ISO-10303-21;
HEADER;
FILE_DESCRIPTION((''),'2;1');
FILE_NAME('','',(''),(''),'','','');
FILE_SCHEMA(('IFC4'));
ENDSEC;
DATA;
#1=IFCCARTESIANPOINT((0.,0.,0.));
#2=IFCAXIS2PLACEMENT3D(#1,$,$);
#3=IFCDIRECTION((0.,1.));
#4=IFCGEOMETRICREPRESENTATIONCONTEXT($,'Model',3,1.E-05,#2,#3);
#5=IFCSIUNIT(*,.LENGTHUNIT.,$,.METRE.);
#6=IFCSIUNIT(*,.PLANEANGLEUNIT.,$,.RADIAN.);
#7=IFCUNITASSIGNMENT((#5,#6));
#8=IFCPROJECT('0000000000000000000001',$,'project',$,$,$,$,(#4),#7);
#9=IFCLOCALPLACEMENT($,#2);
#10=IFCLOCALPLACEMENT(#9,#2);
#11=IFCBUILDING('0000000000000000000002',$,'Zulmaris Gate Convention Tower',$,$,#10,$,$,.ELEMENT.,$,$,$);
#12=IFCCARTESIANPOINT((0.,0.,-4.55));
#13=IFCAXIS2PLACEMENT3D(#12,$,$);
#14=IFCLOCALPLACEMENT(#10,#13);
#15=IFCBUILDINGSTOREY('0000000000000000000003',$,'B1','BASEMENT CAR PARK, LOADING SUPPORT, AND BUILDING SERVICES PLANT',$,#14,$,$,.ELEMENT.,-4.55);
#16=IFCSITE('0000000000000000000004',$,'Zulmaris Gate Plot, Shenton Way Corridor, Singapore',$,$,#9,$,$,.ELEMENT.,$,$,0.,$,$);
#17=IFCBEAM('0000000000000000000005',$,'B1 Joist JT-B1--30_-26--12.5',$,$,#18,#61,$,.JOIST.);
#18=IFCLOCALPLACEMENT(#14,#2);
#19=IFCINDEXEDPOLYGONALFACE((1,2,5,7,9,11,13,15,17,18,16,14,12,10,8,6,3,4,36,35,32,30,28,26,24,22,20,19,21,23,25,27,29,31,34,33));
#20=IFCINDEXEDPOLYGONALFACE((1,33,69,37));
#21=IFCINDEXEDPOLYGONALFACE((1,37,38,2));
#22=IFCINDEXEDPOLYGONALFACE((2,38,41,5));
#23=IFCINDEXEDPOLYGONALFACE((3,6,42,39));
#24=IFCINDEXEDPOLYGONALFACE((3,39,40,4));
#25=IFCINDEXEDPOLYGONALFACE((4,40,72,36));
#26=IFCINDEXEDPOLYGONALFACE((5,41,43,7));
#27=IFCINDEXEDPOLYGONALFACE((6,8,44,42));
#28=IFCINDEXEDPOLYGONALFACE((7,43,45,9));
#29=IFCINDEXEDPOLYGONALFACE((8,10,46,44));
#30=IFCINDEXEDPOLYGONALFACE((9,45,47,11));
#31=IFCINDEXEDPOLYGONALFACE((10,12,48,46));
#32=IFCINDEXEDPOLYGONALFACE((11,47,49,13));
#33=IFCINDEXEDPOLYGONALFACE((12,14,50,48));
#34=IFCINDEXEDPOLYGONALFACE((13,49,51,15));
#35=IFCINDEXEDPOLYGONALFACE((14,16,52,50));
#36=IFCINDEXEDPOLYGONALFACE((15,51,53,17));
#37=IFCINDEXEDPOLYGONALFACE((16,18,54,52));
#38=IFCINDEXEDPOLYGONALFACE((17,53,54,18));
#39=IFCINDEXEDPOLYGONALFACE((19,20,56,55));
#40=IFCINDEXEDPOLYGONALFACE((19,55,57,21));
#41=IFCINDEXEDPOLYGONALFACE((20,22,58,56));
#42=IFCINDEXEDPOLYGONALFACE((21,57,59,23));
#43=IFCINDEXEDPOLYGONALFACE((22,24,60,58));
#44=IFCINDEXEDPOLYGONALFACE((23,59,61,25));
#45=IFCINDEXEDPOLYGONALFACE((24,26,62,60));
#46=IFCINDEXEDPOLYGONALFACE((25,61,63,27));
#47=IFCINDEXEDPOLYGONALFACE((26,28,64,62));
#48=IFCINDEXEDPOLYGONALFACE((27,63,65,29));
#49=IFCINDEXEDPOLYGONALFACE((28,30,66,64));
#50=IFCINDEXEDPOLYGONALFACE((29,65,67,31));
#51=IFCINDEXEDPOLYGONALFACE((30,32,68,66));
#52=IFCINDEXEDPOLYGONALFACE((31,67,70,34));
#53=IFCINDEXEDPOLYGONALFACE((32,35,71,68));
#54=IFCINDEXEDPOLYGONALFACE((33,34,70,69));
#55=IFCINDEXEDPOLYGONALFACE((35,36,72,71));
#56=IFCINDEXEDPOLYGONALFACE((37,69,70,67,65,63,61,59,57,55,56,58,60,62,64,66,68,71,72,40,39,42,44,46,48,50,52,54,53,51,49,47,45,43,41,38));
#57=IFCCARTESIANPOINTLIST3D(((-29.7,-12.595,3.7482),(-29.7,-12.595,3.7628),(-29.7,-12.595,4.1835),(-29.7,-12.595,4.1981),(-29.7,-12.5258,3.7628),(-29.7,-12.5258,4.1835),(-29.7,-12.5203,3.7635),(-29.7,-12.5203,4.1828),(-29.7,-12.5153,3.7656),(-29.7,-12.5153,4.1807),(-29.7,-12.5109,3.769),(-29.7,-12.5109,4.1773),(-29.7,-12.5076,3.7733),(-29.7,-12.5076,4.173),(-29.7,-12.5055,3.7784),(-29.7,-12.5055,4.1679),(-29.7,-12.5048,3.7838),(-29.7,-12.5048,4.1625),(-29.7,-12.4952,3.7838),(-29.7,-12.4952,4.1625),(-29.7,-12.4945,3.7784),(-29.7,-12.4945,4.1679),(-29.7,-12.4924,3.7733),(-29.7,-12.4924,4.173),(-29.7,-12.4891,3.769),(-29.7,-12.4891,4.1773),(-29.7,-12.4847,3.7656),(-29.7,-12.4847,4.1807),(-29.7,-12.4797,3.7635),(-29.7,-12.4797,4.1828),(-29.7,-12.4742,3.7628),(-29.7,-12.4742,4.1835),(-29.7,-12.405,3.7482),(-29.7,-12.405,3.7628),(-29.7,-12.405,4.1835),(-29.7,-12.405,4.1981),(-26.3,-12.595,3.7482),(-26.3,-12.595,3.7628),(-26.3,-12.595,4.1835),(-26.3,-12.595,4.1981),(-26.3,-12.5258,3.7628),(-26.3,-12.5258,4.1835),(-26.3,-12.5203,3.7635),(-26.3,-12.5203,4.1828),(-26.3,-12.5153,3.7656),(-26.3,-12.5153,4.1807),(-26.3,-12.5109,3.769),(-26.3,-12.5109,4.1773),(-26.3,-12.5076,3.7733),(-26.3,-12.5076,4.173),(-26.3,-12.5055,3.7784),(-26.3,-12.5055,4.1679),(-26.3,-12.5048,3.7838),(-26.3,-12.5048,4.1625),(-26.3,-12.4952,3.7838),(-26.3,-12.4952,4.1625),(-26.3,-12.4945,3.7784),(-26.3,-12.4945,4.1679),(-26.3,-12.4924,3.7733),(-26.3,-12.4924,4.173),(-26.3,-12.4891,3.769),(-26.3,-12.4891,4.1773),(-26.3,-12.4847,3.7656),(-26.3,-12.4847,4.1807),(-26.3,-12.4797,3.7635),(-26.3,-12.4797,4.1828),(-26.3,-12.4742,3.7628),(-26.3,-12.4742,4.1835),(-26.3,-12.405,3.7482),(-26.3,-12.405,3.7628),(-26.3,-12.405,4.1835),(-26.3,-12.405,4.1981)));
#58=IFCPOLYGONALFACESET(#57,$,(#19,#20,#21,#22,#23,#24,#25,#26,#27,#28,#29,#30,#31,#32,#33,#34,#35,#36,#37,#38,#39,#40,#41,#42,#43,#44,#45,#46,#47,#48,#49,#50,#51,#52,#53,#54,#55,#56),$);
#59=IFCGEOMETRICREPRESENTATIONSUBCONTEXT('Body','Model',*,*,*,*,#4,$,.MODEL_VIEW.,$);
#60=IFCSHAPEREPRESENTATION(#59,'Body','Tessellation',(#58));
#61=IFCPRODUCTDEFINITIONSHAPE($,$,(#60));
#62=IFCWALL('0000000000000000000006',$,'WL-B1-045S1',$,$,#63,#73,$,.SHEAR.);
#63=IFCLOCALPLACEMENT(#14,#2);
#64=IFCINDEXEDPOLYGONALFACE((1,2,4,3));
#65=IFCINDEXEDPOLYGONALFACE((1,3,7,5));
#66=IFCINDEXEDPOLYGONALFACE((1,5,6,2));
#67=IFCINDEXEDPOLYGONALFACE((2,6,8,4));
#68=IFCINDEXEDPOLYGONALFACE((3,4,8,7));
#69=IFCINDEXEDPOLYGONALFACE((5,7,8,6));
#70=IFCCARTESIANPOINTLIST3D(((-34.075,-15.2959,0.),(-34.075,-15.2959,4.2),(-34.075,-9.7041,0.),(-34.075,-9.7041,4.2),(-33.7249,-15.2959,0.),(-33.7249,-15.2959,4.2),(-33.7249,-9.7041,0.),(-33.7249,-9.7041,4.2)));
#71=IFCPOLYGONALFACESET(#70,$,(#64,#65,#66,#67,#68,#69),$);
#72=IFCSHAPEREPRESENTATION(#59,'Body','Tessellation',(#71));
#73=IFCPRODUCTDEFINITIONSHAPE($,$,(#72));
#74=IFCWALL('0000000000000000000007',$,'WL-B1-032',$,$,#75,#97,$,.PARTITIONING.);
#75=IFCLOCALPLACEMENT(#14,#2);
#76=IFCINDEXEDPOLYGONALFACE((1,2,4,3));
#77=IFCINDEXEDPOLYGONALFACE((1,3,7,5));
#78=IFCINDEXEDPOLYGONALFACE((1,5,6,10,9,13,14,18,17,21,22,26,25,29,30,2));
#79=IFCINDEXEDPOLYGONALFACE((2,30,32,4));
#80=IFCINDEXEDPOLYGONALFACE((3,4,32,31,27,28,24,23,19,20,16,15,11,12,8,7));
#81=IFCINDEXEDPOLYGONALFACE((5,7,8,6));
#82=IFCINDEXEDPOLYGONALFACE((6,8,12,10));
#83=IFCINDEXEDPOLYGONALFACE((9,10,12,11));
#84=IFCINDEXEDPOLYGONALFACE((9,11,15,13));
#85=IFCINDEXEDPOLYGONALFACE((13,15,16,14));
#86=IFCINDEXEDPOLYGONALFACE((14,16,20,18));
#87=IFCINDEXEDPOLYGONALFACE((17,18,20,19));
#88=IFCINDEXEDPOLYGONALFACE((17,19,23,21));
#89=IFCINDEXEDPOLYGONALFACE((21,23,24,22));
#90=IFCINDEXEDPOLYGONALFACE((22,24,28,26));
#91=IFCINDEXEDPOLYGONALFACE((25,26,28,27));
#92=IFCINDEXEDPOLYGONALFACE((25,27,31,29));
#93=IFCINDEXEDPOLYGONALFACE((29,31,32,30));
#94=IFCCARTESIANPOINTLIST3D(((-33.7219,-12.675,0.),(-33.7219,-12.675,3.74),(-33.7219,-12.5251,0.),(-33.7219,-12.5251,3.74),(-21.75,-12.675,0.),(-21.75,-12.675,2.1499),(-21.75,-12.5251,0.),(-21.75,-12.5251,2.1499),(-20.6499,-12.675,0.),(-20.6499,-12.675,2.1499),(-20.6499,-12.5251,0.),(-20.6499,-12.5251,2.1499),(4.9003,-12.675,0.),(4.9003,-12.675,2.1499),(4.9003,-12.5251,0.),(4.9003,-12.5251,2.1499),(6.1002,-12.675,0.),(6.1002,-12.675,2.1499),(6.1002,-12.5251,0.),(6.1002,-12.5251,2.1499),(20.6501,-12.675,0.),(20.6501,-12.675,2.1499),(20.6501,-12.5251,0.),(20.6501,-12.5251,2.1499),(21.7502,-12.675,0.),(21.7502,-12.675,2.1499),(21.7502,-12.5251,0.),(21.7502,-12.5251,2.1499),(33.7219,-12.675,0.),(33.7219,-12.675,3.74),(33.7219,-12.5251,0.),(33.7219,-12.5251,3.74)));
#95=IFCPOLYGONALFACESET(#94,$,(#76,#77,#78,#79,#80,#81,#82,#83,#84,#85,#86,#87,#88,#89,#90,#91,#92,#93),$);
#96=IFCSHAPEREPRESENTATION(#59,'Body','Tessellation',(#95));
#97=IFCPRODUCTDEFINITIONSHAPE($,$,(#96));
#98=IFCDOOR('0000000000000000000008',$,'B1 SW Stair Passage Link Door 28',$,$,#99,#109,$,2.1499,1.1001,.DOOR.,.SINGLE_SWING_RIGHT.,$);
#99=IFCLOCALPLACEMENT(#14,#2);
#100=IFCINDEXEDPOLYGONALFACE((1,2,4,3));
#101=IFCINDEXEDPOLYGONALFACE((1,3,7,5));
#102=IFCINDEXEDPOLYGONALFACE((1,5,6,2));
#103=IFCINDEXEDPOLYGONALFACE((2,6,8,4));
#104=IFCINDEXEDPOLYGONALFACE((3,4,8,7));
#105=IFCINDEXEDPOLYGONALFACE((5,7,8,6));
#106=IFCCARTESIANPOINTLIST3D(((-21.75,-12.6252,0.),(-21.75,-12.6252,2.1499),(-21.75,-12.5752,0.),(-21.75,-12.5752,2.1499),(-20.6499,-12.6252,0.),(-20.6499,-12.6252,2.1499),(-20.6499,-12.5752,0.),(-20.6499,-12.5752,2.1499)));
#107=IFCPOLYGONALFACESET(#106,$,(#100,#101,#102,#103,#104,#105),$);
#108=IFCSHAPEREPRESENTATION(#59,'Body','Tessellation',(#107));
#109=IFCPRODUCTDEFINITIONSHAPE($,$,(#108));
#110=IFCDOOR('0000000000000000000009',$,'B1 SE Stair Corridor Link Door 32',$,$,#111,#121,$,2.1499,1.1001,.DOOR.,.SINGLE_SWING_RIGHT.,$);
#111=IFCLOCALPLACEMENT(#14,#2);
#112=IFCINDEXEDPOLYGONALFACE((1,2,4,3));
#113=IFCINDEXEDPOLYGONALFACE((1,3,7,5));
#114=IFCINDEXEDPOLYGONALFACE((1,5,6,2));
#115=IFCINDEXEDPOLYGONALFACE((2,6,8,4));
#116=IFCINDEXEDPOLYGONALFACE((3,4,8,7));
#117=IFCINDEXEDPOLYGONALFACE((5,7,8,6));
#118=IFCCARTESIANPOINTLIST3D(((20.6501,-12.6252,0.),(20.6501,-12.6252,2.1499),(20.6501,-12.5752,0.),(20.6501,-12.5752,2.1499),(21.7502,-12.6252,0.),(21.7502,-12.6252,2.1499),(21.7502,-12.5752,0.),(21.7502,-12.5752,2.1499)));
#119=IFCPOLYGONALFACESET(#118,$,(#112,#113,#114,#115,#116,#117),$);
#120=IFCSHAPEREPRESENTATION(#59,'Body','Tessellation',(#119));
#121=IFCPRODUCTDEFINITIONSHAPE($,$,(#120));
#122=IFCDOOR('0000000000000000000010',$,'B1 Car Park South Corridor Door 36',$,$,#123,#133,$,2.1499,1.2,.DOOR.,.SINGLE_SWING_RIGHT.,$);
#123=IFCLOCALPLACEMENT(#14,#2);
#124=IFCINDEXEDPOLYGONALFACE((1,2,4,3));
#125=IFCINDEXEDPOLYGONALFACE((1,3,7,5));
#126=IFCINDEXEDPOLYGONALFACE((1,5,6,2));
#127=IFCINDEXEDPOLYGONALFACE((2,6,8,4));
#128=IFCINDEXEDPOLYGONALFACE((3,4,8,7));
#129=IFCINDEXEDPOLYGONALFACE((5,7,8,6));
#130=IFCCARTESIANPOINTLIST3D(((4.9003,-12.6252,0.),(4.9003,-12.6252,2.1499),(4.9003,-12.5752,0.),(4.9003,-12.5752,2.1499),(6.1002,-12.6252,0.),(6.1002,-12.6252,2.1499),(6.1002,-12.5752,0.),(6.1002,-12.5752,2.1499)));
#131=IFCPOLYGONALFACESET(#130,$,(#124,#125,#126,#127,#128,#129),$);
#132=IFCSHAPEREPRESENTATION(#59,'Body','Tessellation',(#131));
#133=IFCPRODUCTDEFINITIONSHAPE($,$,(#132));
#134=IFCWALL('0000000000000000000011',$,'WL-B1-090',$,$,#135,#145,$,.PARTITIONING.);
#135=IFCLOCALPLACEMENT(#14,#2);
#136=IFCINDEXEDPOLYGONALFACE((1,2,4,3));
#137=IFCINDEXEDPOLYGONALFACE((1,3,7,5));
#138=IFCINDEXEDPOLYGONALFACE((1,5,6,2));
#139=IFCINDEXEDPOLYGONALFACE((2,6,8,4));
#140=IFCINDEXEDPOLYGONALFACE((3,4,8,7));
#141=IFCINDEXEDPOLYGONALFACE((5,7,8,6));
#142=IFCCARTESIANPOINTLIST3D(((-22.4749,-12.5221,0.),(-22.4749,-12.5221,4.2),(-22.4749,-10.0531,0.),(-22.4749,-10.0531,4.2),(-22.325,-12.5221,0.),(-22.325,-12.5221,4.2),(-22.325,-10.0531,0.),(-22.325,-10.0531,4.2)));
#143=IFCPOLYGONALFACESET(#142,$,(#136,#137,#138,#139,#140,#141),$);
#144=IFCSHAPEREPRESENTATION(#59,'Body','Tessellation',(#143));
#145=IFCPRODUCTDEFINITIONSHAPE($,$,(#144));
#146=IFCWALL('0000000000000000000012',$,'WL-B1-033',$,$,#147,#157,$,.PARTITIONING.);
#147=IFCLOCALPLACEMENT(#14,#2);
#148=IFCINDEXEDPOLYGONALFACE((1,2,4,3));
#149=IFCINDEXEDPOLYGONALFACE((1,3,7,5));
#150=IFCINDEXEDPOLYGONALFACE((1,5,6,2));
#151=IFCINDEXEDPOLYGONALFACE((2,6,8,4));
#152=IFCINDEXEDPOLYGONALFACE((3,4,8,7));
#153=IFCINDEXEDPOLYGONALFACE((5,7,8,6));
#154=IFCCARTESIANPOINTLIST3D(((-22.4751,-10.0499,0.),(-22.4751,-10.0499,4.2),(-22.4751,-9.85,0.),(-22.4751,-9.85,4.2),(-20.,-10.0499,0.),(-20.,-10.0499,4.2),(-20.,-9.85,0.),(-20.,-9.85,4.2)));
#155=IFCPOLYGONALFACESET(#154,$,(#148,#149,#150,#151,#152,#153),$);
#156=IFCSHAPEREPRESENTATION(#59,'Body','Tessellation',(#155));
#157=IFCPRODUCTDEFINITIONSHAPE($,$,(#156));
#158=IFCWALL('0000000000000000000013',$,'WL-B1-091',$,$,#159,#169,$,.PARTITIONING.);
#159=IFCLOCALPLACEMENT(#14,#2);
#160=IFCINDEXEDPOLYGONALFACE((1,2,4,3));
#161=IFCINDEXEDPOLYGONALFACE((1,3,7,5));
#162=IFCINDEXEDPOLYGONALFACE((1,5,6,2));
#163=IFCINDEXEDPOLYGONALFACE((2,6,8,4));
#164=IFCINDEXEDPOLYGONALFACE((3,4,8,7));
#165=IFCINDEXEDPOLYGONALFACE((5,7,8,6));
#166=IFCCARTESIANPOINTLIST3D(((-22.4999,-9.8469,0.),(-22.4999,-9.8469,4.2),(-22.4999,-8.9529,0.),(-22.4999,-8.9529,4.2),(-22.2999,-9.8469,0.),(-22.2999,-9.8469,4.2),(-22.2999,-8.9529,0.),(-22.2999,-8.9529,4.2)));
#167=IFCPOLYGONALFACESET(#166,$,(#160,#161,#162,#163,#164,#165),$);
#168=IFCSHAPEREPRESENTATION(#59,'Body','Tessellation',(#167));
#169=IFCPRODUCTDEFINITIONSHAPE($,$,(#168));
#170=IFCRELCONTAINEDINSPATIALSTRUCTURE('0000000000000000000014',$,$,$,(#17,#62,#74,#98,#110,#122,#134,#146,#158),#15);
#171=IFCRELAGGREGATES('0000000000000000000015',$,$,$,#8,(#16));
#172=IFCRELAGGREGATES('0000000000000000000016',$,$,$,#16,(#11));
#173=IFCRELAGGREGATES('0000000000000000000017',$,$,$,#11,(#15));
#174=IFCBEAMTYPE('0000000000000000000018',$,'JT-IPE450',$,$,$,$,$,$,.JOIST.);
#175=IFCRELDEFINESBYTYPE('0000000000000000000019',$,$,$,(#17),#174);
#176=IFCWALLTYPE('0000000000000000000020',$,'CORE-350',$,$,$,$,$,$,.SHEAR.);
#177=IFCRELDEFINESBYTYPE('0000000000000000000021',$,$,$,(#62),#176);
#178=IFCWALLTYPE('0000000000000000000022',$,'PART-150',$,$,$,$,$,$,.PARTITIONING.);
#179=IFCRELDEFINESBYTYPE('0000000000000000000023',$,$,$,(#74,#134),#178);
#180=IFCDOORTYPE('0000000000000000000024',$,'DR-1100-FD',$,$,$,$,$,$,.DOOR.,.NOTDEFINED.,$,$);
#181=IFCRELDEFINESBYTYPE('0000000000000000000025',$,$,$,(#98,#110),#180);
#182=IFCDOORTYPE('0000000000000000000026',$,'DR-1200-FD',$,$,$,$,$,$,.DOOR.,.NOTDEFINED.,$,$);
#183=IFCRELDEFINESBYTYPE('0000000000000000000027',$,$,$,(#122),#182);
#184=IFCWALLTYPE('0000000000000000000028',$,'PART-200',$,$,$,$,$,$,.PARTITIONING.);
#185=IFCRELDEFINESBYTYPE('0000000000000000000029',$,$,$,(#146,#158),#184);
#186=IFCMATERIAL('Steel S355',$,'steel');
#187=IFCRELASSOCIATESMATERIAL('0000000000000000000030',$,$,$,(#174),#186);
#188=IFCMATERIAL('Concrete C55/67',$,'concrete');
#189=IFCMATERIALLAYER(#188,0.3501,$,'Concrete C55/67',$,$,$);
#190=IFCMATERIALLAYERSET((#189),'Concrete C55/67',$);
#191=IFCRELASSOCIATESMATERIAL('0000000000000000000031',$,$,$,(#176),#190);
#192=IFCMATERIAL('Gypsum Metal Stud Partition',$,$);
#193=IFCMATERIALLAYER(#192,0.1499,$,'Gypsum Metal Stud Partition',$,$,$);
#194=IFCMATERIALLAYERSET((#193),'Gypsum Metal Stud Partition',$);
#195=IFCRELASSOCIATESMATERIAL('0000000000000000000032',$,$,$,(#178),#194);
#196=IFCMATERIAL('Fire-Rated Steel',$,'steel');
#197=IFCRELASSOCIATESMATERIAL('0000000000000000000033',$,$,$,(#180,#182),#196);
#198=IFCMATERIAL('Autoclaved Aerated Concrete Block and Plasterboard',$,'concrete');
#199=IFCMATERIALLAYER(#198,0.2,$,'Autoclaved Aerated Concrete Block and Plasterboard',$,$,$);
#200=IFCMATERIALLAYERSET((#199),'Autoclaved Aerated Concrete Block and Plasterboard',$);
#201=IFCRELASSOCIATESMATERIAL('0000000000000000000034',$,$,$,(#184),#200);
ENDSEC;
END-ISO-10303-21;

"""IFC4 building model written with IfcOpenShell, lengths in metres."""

from ifc_helpers import new_model, si_unit, direction, frame, frame_2d, origin, origin_2d, place, context, subcontext, project, spatial, rectangle, i_section, extrude, material, layer, layer_set, material_profile, profile_set, type_object, element, fill, save


model = new_model("IFC4")

# Units and contexts
model_context = context("Model", 3, precision=1e-05, world=origin(), true_north=direction((0.0, 1.0)))
body_context = subcontext(model_context, "Body", "Model", "MODEL_VIEW")
ifc_project = project(units=[si_unit("LENGTHUNIT", "METRE"), si_unit("PLANEANGLEUNIT", "RADIAN")], contexts=[model_context])

# Site, building, storey
site_placement = place(None, origin())
site = spatial("IfcSite", under=ifc_project, at=site_placement, Name="Zulmaris Gate Plot, Shenton Way Corridor, Singapore", CompositionType="ELEMENT", RefElevation=0.0)
building_placement = place(site_placement, origin())
building = spatial("IfcBuilding", under=site, at=building_placement, Name="Zulmaris Gate Convention Tower", CompositionType="ELEMENT")
storey_placement = place(building_placement, frame((0.0, 0.0, -4.55)))
storey = spatial("IfcBuildingStorey", under=building, at=storey_placement, Name="B1", Description="BASEMENT CAR PARK, LOADING SUPPORT, AND BUILDING SERVICES PLANT", CompositionType="ELEMENT", Elevation=-4.55)

# Beam
ifc_material_1 = material(Name="Steel S355", Category="steel")
ifc_material_profile_1 = material_profile(ifc_material_1, i_section(OverallWidth=0.1899, OverallDepth=0.45, WebThickness=0.0095, FlangeThickness=0.0146, FilletRadius=0.021, at=origin_2d()), Name="IPE 450")
ifc_profile_set_1 = profile_set([ifc_material_profile_1], Name="Steel S355")
beam_type_1 = type_object("IfcBeamType", Name="JT-IPE450", PredefinedType="JOIST", material=ifc_profile_set_1)
beam_1_placement = place(storey_placement, frame((-29.7, -12.5, 3.9731), z_axis=(1.0, 0.0, 0.0), x_axis=(0.0, 1.0, 0.0)))
element("IfcBeam", 1, at=beam_1_placement, inside=storey, type_object=beam_type_1, Name="B1 Joist JT-B1--30_-26--12.5", PredefinedType="JOIST", context=body_context, shape_type="SweptSolid", body=[
    extrude(i_section(OverallWidth=0.1899, OverallDepth=0.45, WebThickness=0.0095, FlangeThickness=0.0146, FilletRadius=0.021, at=origin_2d()), origin(), (0.0, 0.0, 1.0), 3.3999),
])

# Wall
ifc_material_2 = material(Name="Concrete C55/67", Category="concrete")
ifc_layer_1 = layer(ifc_material_2, 0.3501, Name="Concrete C55/67")
ifc_layer_set_1 = layer_set([ifc_layer_1], Name="Concrete C55/67")
wall_type_1 = type_object("IfcWallType", Name="CORE-350", PredefinedType="SHEAR", material=ifc_layer_set_1)
wall_1_placement = place(storey_placement, frame((-33.8999, -15.2959, 0.0), z_axis=(0.0, 0.0, 1.0), x_axis=(0.0, 1.0, 0.0)))
element("IfcWall", 2, at=wall_1_placement, inside=storey, type_object=wall_type_1, Name="WL-B1-045S1", PredefinedType="SHEAR", context=body_context, shape_type="SweptSolid", body=[
    extrude(rectangle(XDim=5.5918, YDim=0.3501, at=frame_2d((2.7959, 0.0))), origin(), (0.0, 0.0, 1.0), 4.2),
])

# Wall, openings, doors
ifc_material_3 = material(Name="Gypsum Metal Stud Partition")
ifc_layer_2 = layer(ifc_material_3, 0.1499, Name="Gypsum Metal Stud Partition")
ifc_layer_set_2 = layer_set([ifc_layer_2], Name="Gypsum Metal Stud Partition")
wall_type_2 = type_object("IfcWallType", Name="PART-150", PredefinedType="PARTITIONING", material=ifc_layer_set_2)
wall_2_placement = place(storey_placement, frame((-33.7219, -12.6001, 0.0), z_axis=(0.0, 0.0, 1.0), x_axis=(1.0, 0.0, 0.0)))
wall_2 = element("IfcWall", 3, at=wall_2_placement, inside=storey, type_object=wall_type_2, Name="WL-B1-032", PredefinedType="PARTITIONING", context=body_context, shape_type="SweptSolid", body=[
    extrude(rectangle(XDim=67.4438, YDim=0.1499, at=frame_2d((33.7219, 0.0))), origin(), (0.0, 0.0, 1.0), 3.74),
])
opening_1_placement = place(wall_2_placement, frame((11.9719, 0.0, 0.0)))
opening_1 = element("IfcOpeningElement", 4, at=opening_1_placement, cuts=wall_2, PredefinedType="OPENING", context=body_context, shape_type="SweptSolid", body=[
    extrude(rectangle(XDim=1.1001, YDim=2.1499, at=frame_2d((0.55, 1.075))), frame((0.0, 0.085, 0.0), z_axis=(0.0, -1.0, 0.0), x_axis=(1.0, 0.0, 0.0)), (0.0, 0.0, 1.0), 0.1699),
])
opening_2_placement = place(wall_2_placement, frame((54.3721, 0.0, 0.0)))
opening_2 = element("IfcOpeningElement", 5, at=opening_2_placement, cuts=wall_2, PredefinedType="OPENING", context=body_context, shape_type="SweptSolid", body=[
    extrude(rectangle(XDim=1.1001, YDim=2.1499, at=frame_2d((0.55, 1.075))), frame((0.0, 0.085, 0.0), z_axis=(0.0, -1.0, 0.0), x_axis=(1.0, 0.0, 0.0)), (0.0, 0.0, 1.0), 0.1699),
])
opening_3_placement = place(wall_2_placement, frame((38.6221, 0.0, 0.0)))
opening_3 = element("IfcOpeningElement", 6, at=opening_3_placement, cuts=wall_2, PredefinedType="OPENING", context=body_context, shape_type="SweptSolid", body=[
    extrude(rectangle(XDim=1.2, YDim=2.1499, at=frame_2d((0.6001, 1.075))), frame((0.0, 0.085, 0.0), z_axis=(0.0, -1.0, 0.0), x_axis=(1.0, 0.0, 0.0)), (0.0, 0.0, 1.0), 0.1699),
])
ifc_material_4 = material(Name="Fire-Rated Steel", Category="steel")
door_type_1 = type_object("IfcDoorType", Name="DR-1100-FD", OperationType="NOTDEFINED", PredefinedType="DOOR", material=ifc_material_4)
door_1_placement = place(opening_1_placement, origin())
door_1 = element("IfcDoor", 7, at=door_1_placement, inside=storey, type_object=door_type_1, Name="B1 SW Stair Passage Link Door 28", OperationType="SINGLE_SWING_RIGHT", OverallHeight=2.1499, OverallWidth=1.1001, PredefinedType="DOOR", context=body_context, shape_type="SweptSolid", body=[
    extrude(rectangle(XDim=1.1001, YDim=2.1499, at=frame_2d((0.55, 1.075))), frame((0.0, 0.0249, 0.0), z_axis=(0.0, -1.0, 0.0), x_axis=(1.0, 0.0, 0.0)), (0.0, 0.0, 1.0), 0.05),
])
fill(opening_1, door_1)
door_2_placement = place(opening_2_placement, origin())
door_2 = element("IfcDoor", 8, at=door_2_placement, inside=storey, type_object=door_type_1, Name="B1 SE Stair Corridor Link Door 32", OperationType="SINGLE_SWING_RIGHT", OverallHeight=2.1499, OverallWidth=1.1001, PredefinedType="DOOR", context=body_context, shape_type="SweptSolid", body=[
    extrude(rectangle(XDim=1.1001, YDim=2.1499, at=frame_2d((0.55, 1.075))), frame((0.0, 0.0249, 0.0), z_axis=(0.0, -1.0, 0.0), x_axis=(1.0, 0.0, 0.0)), (0.0, 0.0, 1.0), 0.05),
])
fill(opening_2, door_2)
door_type_2 = type_object("IfcDoorType", Name="DR-1200-FD", OperationType="NOTDEFINED", PredefinedType="DOOR", material=ifc_material_4)
door_3_placement = place(opening_3_placement, origin())
door_3 = element("IfcDoor", 9, at=door_3_placement, inside=storey, type_object=door_type_2, Name="B1 Car Park South Corridor Door 36", OperationType="SINGLE_SWING_RIGHT", OverallHeight=2.1499, OverallWidth=1.2, PredefinedType="DOOR", context=body_context, shape_type="SweptSolid", body=[
    extrude(rectangle(XDim=1.2, YDim=2.1499, at=frame_2d((0.6001, 1.075))), frame((0.0, 0.0249, 0.0), z_axis=(0.0, -1.0, 0.0), x_axis=(1.0, 0.0, 0.0)), (0.0, 0.0, 1.0), 0.05),
])
fill(opening_3, door_3)

# Walls
wall_3_placement = place(storey_placement, frame((-22.3999, -12.522, 0.0), z_axis=(0.0, 0.0, 1.0), x_axis=(0.0, 1.0, 0.0)))
element("IfcWall", 10, at=wall_3_placement, inside=storey, type_object=wall_type_2, Name="WL-B1-090", PredefinedType="PARTITIONING", context=body_context, shape_type="SweptSolid", body=[
    extrude(rectangle(XDim=2.469, YDim=0.1499, at=frame_2d((1.2344, 0.0))), origin(), (0.0, 0.0, 1.0), 4.2),
])
ifc_material_5 = material(Name="Autoclaved Aerated Concrete Block and Plasterboard", Category="concrete")
ifc_layer_3 = layer(ifc_material_5, 0.2, Name="Autoclaved Aerated Concrete Block and Plasterboard")
ifc_layer_set_3 = layer_set([ifc_layer_3], Name="Autoclaved Aerated Concrete Block and Plasterboard")
wall_type_3 = type_object("IfcWallType", Name="PART-200", PredefinedType="PARTITIONING", material=ifc_layer_set_3)
wall_4_placement = place(storey_placement, frame((-22.4751, -9.95, 0.0), z_axis=(0.0, 0.0, 1.0), x_axis=(1.0, 0.0, 0.0)))
element("IfcWall", 11, at=wall_4_placement, inside=storey, type_object=wall_type_3, Name="WL-B1-033", PredefinedType="PARTITIONING", context=body_context, shape_type="SweptSolid", body=[
    extrude(rectangle(XDim=2.4751, YDim=0.2, at=frame_2d((1.2375, 0.0))), origin(), (0.0, 0.0, 1.0), 4.2),
])
wall_5_placement = place(storey_placement, frame((-22.3999, -9.8469, 0.0), z_axis=(0.0, 0.0, 1.0), x_axis=(0.0, 1.0, 0.0)))
element("IfcWall", 12, at=wall_5_placement, inside=storey, type_object=wall_type_3, Name="WL-B1-091", PredefinedType="PARTITIONING", context=body_context, shape_type="SweptSolid", body=[
    extrude(rectangle(XDim=0.894, YDim=0.2, at=frame_2d((0.447, 0.0))), origin(), (0.0, 0.0, 1.0), 4.2),
])

save(model, "model.ifc")
